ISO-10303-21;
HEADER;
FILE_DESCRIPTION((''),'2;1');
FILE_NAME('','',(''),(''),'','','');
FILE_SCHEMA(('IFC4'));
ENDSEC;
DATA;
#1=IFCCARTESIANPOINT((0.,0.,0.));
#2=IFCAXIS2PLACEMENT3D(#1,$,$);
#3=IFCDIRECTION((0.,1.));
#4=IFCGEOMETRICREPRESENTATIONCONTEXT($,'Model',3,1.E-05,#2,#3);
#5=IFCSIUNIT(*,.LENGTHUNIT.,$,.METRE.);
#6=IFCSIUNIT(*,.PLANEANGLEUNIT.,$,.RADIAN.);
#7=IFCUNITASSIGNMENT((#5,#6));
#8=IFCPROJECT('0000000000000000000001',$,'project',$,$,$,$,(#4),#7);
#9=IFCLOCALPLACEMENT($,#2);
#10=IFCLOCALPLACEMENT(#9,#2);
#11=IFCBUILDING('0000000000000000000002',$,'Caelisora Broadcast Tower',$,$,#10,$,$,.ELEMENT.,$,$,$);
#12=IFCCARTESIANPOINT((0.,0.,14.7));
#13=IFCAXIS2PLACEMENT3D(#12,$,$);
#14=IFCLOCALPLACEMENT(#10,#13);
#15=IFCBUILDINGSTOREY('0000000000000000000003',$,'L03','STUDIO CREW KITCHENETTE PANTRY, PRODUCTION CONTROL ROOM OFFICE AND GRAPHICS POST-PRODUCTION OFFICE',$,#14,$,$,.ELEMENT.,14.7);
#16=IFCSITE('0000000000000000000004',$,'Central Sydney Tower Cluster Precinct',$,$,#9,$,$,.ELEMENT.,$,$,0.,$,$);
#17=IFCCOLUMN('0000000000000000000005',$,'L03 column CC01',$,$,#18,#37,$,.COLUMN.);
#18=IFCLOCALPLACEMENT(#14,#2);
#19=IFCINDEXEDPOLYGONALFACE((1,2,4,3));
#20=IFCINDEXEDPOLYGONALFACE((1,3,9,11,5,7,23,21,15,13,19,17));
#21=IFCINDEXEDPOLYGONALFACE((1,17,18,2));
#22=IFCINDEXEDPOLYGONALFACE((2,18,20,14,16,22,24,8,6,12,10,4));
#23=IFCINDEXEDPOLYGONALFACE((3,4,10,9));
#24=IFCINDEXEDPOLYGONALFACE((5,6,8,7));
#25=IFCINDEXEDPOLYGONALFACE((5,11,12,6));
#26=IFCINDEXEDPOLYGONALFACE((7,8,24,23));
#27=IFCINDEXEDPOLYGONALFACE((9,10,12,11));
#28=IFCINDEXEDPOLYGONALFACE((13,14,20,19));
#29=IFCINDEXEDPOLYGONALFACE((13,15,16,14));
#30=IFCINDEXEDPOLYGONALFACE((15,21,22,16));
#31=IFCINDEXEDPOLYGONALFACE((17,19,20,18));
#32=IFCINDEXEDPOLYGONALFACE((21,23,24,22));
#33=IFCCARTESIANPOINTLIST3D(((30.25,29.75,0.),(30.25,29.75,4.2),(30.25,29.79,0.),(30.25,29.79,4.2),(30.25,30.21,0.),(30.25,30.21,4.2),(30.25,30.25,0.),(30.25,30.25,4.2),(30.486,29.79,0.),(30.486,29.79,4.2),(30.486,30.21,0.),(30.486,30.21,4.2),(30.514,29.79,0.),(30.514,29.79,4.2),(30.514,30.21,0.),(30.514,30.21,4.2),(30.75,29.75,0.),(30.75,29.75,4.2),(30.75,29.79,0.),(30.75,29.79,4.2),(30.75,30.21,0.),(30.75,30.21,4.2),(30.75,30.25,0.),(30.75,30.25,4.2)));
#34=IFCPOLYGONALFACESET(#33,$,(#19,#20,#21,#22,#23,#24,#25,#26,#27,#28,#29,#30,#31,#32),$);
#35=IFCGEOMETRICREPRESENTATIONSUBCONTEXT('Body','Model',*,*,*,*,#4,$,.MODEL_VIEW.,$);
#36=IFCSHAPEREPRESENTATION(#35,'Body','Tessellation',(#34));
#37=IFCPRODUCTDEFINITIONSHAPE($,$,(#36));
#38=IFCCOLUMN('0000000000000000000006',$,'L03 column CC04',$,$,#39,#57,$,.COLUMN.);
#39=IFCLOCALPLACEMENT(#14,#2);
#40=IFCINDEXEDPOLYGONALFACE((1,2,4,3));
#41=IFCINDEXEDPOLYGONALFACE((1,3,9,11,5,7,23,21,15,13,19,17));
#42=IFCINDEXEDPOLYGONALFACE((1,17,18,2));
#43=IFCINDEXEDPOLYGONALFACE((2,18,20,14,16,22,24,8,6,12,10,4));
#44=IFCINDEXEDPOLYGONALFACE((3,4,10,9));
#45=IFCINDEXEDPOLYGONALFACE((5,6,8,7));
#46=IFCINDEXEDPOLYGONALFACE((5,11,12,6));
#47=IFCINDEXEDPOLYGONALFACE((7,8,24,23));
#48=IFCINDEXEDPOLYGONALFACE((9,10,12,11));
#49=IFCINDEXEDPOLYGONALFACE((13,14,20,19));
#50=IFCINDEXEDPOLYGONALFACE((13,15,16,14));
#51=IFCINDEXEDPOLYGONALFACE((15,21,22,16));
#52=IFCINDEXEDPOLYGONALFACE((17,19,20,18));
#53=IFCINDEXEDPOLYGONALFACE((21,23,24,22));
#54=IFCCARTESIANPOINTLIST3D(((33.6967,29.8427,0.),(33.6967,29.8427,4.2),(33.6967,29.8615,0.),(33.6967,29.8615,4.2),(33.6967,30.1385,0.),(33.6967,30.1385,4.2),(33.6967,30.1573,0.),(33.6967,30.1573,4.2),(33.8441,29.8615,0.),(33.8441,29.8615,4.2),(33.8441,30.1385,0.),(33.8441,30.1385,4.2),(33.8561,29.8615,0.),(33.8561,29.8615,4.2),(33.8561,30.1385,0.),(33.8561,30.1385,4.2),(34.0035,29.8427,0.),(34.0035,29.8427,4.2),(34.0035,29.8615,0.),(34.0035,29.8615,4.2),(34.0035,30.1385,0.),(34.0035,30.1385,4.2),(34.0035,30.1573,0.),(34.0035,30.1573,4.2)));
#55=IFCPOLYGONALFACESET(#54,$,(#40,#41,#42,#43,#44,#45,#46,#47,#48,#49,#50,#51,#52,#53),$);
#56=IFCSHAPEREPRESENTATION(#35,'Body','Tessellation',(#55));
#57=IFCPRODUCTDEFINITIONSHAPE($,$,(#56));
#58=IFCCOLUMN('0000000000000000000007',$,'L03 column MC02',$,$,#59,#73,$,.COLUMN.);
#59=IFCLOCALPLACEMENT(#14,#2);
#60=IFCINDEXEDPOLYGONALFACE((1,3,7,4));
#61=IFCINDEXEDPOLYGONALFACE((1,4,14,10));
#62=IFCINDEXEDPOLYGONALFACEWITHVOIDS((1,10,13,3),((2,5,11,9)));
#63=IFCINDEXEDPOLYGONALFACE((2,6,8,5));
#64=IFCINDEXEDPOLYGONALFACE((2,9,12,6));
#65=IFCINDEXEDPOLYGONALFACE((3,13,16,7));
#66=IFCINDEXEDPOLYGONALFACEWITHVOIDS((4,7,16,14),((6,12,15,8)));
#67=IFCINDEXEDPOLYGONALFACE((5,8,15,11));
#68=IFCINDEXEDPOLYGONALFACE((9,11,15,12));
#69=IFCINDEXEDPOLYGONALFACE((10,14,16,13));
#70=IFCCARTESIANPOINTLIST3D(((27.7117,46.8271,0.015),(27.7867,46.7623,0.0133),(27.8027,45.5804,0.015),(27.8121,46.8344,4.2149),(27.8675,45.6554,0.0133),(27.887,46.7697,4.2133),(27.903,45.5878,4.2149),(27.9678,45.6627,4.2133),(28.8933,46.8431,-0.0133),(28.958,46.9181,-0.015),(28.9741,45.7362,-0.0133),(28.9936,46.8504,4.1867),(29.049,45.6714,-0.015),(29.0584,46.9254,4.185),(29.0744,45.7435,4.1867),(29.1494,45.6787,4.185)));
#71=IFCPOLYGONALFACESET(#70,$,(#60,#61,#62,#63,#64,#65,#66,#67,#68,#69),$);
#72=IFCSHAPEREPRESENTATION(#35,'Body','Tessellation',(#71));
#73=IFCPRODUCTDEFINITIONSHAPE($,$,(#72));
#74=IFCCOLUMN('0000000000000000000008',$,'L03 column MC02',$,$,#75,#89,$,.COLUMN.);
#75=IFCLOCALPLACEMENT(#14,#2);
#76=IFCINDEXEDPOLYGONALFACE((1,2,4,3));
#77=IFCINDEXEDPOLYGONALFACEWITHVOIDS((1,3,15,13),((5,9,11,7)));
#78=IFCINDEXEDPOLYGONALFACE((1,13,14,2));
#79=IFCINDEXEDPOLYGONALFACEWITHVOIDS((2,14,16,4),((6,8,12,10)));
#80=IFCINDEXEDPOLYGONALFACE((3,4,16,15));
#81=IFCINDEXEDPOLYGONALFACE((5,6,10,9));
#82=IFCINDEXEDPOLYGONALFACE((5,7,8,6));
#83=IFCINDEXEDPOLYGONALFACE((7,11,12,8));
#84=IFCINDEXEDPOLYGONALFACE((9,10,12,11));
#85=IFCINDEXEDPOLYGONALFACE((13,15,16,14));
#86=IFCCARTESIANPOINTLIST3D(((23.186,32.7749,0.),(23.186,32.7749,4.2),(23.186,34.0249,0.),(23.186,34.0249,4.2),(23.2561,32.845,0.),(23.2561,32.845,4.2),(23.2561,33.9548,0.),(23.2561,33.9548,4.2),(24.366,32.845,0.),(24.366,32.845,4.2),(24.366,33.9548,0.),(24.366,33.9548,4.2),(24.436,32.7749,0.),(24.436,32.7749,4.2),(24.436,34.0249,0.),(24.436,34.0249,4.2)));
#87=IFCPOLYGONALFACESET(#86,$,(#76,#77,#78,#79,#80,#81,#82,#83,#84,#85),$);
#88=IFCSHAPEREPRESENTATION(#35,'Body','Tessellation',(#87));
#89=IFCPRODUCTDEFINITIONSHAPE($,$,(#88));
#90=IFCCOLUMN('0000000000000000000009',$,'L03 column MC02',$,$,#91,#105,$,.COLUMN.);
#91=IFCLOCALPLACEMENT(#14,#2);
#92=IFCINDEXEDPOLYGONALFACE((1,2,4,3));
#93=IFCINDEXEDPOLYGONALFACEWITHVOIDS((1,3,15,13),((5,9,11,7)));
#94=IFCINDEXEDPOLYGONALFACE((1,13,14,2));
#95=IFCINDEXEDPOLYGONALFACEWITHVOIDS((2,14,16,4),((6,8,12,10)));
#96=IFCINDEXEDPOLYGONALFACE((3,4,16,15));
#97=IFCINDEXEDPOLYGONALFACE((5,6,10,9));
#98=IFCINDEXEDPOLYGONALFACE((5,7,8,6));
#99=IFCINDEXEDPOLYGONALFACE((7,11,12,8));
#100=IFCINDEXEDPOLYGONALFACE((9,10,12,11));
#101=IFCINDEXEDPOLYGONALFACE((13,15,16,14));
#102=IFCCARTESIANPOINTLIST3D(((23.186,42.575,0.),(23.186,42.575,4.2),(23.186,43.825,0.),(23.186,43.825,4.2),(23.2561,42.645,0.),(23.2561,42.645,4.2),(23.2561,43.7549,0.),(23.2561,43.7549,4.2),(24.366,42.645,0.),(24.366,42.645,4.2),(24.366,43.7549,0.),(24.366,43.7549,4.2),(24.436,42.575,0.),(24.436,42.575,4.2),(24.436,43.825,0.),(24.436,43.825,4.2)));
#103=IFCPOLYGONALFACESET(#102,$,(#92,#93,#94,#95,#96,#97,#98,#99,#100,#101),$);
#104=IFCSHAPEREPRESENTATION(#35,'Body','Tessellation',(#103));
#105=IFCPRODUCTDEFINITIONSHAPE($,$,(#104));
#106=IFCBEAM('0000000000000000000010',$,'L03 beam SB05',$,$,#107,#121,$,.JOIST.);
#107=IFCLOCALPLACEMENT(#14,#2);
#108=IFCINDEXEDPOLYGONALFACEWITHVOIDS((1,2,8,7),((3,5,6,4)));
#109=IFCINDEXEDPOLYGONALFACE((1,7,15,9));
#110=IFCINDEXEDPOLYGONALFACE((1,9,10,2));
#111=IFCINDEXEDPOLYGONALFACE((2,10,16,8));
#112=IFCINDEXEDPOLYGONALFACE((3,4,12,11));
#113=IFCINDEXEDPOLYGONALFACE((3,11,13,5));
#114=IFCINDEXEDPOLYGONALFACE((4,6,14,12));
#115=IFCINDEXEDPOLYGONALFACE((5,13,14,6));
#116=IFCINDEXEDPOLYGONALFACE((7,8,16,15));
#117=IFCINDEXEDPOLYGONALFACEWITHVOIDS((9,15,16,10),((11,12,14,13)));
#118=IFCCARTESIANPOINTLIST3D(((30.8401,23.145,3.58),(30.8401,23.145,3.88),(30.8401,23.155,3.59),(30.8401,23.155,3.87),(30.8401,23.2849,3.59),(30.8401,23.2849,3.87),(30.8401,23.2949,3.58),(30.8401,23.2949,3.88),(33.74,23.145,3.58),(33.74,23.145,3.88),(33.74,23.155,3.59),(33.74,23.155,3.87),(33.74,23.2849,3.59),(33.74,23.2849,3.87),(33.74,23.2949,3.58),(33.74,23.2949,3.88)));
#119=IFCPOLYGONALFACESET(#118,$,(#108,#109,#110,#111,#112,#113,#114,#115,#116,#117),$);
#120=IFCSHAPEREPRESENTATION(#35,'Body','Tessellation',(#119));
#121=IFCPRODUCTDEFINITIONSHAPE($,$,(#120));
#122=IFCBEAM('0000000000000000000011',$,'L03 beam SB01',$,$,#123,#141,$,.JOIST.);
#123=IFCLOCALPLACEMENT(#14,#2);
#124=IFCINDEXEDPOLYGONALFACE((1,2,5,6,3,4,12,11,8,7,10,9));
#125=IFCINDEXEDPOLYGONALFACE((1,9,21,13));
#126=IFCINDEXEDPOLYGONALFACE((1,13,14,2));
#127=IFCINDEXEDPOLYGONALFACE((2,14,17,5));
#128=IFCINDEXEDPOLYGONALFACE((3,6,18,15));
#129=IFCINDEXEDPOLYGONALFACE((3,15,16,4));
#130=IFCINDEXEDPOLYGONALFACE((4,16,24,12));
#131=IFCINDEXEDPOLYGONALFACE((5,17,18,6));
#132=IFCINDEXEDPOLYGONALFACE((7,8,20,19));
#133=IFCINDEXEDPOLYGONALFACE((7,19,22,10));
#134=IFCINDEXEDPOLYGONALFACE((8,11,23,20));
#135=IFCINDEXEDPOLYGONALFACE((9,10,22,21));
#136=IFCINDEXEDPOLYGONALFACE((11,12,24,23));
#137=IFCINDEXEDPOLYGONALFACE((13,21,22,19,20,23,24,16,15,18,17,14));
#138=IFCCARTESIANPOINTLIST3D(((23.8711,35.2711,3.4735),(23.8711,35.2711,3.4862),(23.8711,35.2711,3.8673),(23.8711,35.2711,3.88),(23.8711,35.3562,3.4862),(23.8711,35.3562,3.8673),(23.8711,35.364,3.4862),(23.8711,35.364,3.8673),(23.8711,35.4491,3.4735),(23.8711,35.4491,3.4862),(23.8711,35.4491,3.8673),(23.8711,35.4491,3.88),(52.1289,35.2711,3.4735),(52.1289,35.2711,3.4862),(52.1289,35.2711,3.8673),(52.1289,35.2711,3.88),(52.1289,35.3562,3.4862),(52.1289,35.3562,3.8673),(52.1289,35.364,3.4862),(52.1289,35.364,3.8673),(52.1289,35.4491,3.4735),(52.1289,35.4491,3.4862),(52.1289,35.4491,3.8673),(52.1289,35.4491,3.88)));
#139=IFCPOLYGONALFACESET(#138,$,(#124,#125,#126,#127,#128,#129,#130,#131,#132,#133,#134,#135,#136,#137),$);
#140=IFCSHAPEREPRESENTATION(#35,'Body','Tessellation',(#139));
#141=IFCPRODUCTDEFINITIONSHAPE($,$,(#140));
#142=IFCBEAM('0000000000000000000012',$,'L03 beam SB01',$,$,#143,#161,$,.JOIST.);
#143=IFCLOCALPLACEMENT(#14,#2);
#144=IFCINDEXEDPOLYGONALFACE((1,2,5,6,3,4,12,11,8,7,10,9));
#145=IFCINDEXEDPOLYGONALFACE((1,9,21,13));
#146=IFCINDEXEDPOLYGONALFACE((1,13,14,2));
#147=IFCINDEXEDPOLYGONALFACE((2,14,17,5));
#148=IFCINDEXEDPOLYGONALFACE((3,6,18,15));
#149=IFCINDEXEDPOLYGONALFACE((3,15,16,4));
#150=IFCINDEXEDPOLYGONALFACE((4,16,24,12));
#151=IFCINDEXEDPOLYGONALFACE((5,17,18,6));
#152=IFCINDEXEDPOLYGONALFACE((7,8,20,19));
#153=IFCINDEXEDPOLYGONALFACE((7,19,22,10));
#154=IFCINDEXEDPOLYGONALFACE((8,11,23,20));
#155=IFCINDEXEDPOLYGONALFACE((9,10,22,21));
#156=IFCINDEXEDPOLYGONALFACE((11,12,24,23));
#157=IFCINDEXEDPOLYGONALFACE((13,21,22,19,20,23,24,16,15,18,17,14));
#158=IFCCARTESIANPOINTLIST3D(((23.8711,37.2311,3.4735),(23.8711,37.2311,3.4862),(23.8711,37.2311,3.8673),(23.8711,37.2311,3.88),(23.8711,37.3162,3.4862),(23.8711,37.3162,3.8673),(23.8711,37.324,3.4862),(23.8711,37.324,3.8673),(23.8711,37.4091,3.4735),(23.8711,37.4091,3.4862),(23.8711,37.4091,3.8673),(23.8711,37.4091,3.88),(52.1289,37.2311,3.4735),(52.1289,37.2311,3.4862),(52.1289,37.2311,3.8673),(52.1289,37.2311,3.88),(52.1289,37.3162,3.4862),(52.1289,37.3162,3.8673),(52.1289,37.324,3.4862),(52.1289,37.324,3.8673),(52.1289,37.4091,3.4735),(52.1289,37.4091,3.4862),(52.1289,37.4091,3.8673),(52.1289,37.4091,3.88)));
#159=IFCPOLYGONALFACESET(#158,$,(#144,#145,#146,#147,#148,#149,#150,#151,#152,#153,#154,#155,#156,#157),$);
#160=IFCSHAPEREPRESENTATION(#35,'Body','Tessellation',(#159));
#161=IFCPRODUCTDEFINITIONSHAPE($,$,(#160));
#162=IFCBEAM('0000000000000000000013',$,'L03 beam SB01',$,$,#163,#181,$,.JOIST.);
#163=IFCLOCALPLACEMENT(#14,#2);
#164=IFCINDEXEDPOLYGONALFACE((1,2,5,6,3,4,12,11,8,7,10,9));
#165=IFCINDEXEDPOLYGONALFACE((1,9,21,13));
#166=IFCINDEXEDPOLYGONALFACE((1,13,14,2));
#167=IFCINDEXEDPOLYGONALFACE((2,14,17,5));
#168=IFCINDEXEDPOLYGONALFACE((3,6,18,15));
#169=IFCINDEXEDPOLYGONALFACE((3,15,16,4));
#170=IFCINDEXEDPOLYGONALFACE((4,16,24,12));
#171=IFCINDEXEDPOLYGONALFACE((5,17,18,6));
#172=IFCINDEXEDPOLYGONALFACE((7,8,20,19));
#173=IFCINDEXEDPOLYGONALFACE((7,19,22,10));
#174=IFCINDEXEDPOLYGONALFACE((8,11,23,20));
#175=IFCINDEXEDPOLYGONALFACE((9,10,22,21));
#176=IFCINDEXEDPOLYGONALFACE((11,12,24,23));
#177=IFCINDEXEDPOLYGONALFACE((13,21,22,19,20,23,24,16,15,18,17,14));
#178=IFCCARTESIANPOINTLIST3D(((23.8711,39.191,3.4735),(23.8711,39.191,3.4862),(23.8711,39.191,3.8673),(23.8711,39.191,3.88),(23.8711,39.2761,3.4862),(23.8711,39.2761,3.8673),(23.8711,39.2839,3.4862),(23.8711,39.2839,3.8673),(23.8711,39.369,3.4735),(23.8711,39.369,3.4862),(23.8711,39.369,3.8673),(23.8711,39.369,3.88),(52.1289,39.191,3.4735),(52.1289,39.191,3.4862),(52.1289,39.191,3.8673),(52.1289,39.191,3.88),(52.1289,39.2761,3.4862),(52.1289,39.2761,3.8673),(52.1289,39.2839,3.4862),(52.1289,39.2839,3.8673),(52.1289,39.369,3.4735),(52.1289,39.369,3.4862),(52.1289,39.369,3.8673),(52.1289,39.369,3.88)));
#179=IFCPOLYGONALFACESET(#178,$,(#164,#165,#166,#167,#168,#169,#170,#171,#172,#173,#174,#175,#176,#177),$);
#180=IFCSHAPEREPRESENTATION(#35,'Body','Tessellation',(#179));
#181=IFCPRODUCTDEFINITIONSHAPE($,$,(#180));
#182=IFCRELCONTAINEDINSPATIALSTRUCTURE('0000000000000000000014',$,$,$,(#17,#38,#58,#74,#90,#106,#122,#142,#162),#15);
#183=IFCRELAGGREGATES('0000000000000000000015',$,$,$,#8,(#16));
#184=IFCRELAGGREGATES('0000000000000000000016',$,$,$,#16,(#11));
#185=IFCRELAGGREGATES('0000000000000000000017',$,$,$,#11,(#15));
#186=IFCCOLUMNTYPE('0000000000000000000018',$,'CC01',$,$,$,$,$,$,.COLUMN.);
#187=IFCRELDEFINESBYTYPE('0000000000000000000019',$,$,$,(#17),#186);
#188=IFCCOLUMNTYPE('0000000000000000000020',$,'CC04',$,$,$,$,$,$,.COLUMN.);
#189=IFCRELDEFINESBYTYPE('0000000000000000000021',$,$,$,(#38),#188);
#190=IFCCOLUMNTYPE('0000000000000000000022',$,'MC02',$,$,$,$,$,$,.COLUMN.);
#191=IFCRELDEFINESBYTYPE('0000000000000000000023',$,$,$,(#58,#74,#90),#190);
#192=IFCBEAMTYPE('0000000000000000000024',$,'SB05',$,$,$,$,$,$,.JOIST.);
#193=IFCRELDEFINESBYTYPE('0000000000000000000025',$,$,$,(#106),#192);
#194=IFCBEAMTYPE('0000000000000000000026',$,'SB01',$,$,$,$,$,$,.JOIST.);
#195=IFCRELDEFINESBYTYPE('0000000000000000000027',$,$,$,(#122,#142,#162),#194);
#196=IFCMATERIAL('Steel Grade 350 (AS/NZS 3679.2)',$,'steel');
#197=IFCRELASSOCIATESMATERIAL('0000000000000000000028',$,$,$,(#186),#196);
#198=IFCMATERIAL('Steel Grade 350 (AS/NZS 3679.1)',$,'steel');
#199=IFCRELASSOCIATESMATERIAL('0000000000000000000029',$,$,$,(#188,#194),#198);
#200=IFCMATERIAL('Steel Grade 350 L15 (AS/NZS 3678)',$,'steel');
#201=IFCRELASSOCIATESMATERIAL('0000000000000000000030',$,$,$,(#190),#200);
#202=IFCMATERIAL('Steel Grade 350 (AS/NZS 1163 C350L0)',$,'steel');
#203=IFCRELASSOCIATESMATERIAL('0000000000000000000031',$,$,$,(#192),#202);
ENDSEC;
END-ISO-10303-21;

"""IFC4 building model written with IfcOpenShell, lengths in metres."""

from ifc_helpers import new_model, si_unit, direction, frame, origin, origin_2d, place, context, subcontext, project, spatial, hollow_rectangle, i_section, extrude, source, transform, mapped, material, material_profile, profile_set, type_object, type_shapes, element, save


model = new_model("IFC4")

# Units and contexts
model_context = context("Model", 3, precision=1e-05, world=origin(), true_north=direction((0.0, 1.0)))
body_context = subcontext(model_context, "Body", "Model", "MODEL_VIEW")
ifc_project = project(units=[si_unit("LENGTHUNIT", "METRE"), si_unit("PLANEANGLEUNIT", "RADIAN")], contexts=[model_context])

# Site, building, storey
site_placement = place(None, origin())
site = spatial("IfcSite", under=ifc_project, at=site_placement, Name="Central Sydney Tower Cluster Precinct", CompositionType="ELEMENT", RefElevation=0.0)
building_placement = place(site_placement, origin())
building = spatial("IfcBuilding", under=site, at=building_placement, Name="Caelisora Broadcast Tower", CompositionType="ELEMENT")
storey_placement = place(building_placement, frame((0.0, 0.0, 14.7)))
storey = spatial("IfcBuildingStorey", under=building, at=storey_placement, Name="L03", Description="STUDIO CREW KITCHENETTE PANTRY, PRODUCTION CONTROL ROOM OFFICE AND GRAPHICS POST-PRODUCTION OFFICE", CompositionType="ELEMENT", Elevation=14.7)

# Columns
ifc_material_1 = material(Name="Steel Grade 350 (AS/NZS 3679.2)", Category="steel")
ifc_material_profile_1 = material_profile(ifc_material_1, i_section(OverallWidth=0.5, OverallDepth=0.5, WebThickness=0.0281, FlangeThickness=0.04, at=origin_2d()), Name="Steel Grade 350 (AS/NZS 3679.2)")
ifc_profile_set_1 = profile_set([ifc_material_profile_1], Name="Steel Grade 350 (AS/NZS 3679.2)")
column_type_1 = type_object("IfcColumnType", Name="CC01", PredefinedType="COLUMN", material=ifc_profile_set_1)
shared_shape_1 = source(origin(), body_context, "Body", "SweptSolid", [
    extrude(i_section(OverallWidth=0.5, OverallDepth=0.5, WebThickness=0.0281, FlangeThickness=0.04, at=origin_2d()), origin(), (0.0, 0.0, 1.0), 4.2),
])
type_shapes(column_type_1, [shared_shape_1])
column_1_placement = place(storey_placement, frame((30.5, 30.0, 0.0), z_axis=(0.0, 0.0, 1.0), x_axis=(1.0, 0.0, 0.0)))
element("IfcColumn", 1, at=column_1_placement, inside=storey, type_object=column_type_1, Name="L03 column CC01", PredefinedType="COLUMN", context=body_context, shape_type="MappedRepresentation", body=[
    mapped(shared_shape_1, transform((0.0, 0.0, 0.0), scale=1.0)),
])
ifc_material_2 = material(Name="Steel Grade 350 (AS/NZS 3679.1)", Category="steel")
ifc_material_profile_2 = material_profile(ifc_material_2, i_section(OverallWidth=0.3069, OverallDepth=0.3147, WebThickness=0.012, FlangeThickness=0.0188, at=origin_2d()), Name="Steel Grade 350 (AS/NZS 3679.1)")
ifc_profile_set_2 = profile_set([ifc_material_profile_2], Name="Steel Grade 350 (AS/NZS 3679.1)")
column_type_2 = type_object("IfcColumnType", Name="CC04", PredefinedType="COLUMN", material=ifc_profile_set_2)
shared_shape_2 = source(origin(), body_context, "Body", "SweptSolid", [
    extrude(i_section(OverallWidth=0.3069, OverallDepth=0.3147, WebThickness=0.012, FlangeThickness=0.0188, at=origin_2d()), origin(), (0.0, 0.0, 1.0), 4.2),
])
type_shapes(column_type_2, [shared_shape_2])
column_2_placement = place(storey_placement, frame((33.8501, 30.0, 0.0), z_axis=(0.0, 0.0, 1.0), x_axis=(1.0, 0.0, 0.0)))
element("IfcColumn", 2, at=column_2_placement, inside=storey, type_object=column_type_2, Name="L03 column CC04", PredefinedType="COLUMN", context=body_context, shape_type="MappedRepresentation", body=[
    mapped(shared_shape_2, transform((0.0, 0.0, 0.0), scale=1.0)),
])
ifc_material_3 = material(Name="Steel Grade 350 L15 (AS/NZS 3678)", Category="steel")
ifc_material_profile_3 = material_profile(ifc_material_3, hollow_rectangle(XDim=1.25, YDim=1.25, WallThickness=0.0701, at=origin_2d()), Name="Steel Grade 350 L15 (AS/NZS 3678)")
ifc_profile_set_3 = profile_set([ifc_material_profile_3], Name="Steel Grade 350 L15 (AS/NZS 3678)")
column_type_3 = type_object("IfcColumnType", Name="MC02", PredefinedType="COLUMN", material=ifc_profile_set_3)
shared_shape_3 = source(origin(), body_context, "Body", "SweptSolid", [
    extrude(hollow_rectangle(XDim=1.25, YDim=1.25, WallThickness=0.0701, at=origin_2d()), origin(), (0.0, 0.0, 1.0), 4.2012),
])
column_3_placement = place(storey_placement, frame((28.3804, 46.2493, 0.0), z_axis=(0.023884, 0.001743, 0.999713), x_axis=(-0.072799, 0.997347, 0.0)))
element("IfcColumn", 3, at=column_3_placement, inside=storey, type_object=column_type_3, Name="L03 column MC02", PredefinedType="COLUMN", context=body_context, shape_type="MappedRepresentation", body=[
    mapped(shared_shape_3, transform((0.0, 0.0, 0.0), scale=1.0)),
])
shared_shape_4 = source(origin(), body_context, "Body", "SweptSolid", [
    extrude(hollow_rectangle(XDim=1.25, YDim=1.25, WallThickness=0.0701, at=origin_2d()), origin(), (0.0, 0.0, 1.0), 4.2),
])
type_shapes(column_type_3, [shared_shape_3, shared_shape_4])
for number, where, z_axis, x_axis, name in (
    (4, (23.811, 33.3999, 0.0), (0.0, 0.0, 1.0), (1.0, 0.0, 0.0), "L03 column MC02"),
    (5, (23.811, 43.2, 0.0), (0.0, 0.0, 1.0), (1.0, 0.0, 0.0), "L03 column MC02"),
):
    element("IfcColumn", number, at=place(storey_placement, frame(where, z_axis=z_axis, x_axis=x_axis)), inside=storey, type_object=column_type_3, Name=name, PredefinedType="COLUMN", context=body_context, shape_type="MappedRepresentation", body=[
        mapped(shared_shape_4, transform((0.0, 0.0, 0.0), scale=1.0)),
    ])

# Beams
ifc_material_4 = material(Name="Steel Grade 350 (AS/NZS 1163 C350L0)", Category="steel")
ifc_material_profile_4 = material_profile(ifc_material_4, hollow_rectangle(XDim=0.1499, YDim=0.3, WallThickness=0.01, at=origin_2d()), Name="Steel Grade 350 (AS/NZS 1163 C350L0)")
ifc_profile_set_4 = profile_set([ifc_material_profile_4], Name="Steel Grade 350 (AS/NZS 1163 C350L0)")
beam_type_1 = type_object("IfcBeamType", Name="SB05", PredefinedType="JOIST", material=ifc_profile_set_4)
shared_shape_5 = source(origin(), body_context, "Body", "SweptSolid", [
    extrude(hollow_rectangle(XDim=0.1499, YDim=0.3, WallThickness=0.01, at=origin_2d()), origin(), (0.0, 0.0, 1.0), 2.8999),
])
type_shapes(beam_type_1, [shared_shape_5])
beam_1_placement = place(storey_placement, frame((30.8401, 23.22, 3.73), z_axis=(1.0, 0.0, 0.0), x_axis=(0.0, 1.0, 0.0)))
element("IfcBeam", 6, at=beam_1_placement, inside=storey, type_object=beam_type_1, Name="L03 beam SB05", PredefinedType="JOIST", context=body_context, shape_type="MappedRepresentation", body=[
    mapped(shared_shape_5, transform((0.0, 0.0, 0.0), scale=1.0)),
])
ifc_material_profile_5 = material_profile(ifc_material_2, i_section(OverallWidth=0.178, OverallDepth=0.4065, WebThickness=0.0078, FlangeThickness=0.0127, at=origin_2d()), Name="Steel Grade 350 (AS/NZS 3679.1)")
ifc_profile_set_5 = profile_set([ifc_material_profile_5], Name="Steel Grade 350 (AS/NZS 3679.1)")
beam_type_2 = type_object("IfcBeamType", Name="SB01", PredefinedType="JOIST", material=ifc_profile_set_5)
shared_shape_6 = source(origin(), body_context, "Body", "SweptSolid", [
    extrude(i_section(OverallWidth=0.178, OverallDepth=0.4065, WebThickness=0.0078, FlangeThickness=0.0127, at=origin_2d()), origin(), (0.0, 0.0, 1.0), 28.2578),
])
type_shapes(beam_type_2, [shared_shape_6])
for number, where, z_axis, x_axis, name in (
    (7, (23.8711, 35.3601, 3.6768), (1.0, 0.0, 0.0), (0.0, 1.0, 0.0), "L03 beam SB01"),
    (8, (23.8711, 37.3201, 3.6768), (1.0, 0.0, 0.0), (0.0, 1.0, 0.0), "L03 beam SB01"),
    (9, (23.8711, 39.28, 3.6768), (1.0, 0.0, 0.0), (0.0, 1.0, 0.0), "L03 beam SB01"),
):
    element("IfcBeam", number, at=place(storey_placement, frame(where, z_axis=z_axis, x_axis=x_axis)), inside=storey, type_object=beam_type_2, Name=name, PredefinedType="JOIST", context=body_context, shape_type="MappedRepresentation", body=[
        mapped(shared_shape_6, transform((0.0, 0.0, 0.0), scale=1.0)),
    ])

save(model, "model.ifc")
